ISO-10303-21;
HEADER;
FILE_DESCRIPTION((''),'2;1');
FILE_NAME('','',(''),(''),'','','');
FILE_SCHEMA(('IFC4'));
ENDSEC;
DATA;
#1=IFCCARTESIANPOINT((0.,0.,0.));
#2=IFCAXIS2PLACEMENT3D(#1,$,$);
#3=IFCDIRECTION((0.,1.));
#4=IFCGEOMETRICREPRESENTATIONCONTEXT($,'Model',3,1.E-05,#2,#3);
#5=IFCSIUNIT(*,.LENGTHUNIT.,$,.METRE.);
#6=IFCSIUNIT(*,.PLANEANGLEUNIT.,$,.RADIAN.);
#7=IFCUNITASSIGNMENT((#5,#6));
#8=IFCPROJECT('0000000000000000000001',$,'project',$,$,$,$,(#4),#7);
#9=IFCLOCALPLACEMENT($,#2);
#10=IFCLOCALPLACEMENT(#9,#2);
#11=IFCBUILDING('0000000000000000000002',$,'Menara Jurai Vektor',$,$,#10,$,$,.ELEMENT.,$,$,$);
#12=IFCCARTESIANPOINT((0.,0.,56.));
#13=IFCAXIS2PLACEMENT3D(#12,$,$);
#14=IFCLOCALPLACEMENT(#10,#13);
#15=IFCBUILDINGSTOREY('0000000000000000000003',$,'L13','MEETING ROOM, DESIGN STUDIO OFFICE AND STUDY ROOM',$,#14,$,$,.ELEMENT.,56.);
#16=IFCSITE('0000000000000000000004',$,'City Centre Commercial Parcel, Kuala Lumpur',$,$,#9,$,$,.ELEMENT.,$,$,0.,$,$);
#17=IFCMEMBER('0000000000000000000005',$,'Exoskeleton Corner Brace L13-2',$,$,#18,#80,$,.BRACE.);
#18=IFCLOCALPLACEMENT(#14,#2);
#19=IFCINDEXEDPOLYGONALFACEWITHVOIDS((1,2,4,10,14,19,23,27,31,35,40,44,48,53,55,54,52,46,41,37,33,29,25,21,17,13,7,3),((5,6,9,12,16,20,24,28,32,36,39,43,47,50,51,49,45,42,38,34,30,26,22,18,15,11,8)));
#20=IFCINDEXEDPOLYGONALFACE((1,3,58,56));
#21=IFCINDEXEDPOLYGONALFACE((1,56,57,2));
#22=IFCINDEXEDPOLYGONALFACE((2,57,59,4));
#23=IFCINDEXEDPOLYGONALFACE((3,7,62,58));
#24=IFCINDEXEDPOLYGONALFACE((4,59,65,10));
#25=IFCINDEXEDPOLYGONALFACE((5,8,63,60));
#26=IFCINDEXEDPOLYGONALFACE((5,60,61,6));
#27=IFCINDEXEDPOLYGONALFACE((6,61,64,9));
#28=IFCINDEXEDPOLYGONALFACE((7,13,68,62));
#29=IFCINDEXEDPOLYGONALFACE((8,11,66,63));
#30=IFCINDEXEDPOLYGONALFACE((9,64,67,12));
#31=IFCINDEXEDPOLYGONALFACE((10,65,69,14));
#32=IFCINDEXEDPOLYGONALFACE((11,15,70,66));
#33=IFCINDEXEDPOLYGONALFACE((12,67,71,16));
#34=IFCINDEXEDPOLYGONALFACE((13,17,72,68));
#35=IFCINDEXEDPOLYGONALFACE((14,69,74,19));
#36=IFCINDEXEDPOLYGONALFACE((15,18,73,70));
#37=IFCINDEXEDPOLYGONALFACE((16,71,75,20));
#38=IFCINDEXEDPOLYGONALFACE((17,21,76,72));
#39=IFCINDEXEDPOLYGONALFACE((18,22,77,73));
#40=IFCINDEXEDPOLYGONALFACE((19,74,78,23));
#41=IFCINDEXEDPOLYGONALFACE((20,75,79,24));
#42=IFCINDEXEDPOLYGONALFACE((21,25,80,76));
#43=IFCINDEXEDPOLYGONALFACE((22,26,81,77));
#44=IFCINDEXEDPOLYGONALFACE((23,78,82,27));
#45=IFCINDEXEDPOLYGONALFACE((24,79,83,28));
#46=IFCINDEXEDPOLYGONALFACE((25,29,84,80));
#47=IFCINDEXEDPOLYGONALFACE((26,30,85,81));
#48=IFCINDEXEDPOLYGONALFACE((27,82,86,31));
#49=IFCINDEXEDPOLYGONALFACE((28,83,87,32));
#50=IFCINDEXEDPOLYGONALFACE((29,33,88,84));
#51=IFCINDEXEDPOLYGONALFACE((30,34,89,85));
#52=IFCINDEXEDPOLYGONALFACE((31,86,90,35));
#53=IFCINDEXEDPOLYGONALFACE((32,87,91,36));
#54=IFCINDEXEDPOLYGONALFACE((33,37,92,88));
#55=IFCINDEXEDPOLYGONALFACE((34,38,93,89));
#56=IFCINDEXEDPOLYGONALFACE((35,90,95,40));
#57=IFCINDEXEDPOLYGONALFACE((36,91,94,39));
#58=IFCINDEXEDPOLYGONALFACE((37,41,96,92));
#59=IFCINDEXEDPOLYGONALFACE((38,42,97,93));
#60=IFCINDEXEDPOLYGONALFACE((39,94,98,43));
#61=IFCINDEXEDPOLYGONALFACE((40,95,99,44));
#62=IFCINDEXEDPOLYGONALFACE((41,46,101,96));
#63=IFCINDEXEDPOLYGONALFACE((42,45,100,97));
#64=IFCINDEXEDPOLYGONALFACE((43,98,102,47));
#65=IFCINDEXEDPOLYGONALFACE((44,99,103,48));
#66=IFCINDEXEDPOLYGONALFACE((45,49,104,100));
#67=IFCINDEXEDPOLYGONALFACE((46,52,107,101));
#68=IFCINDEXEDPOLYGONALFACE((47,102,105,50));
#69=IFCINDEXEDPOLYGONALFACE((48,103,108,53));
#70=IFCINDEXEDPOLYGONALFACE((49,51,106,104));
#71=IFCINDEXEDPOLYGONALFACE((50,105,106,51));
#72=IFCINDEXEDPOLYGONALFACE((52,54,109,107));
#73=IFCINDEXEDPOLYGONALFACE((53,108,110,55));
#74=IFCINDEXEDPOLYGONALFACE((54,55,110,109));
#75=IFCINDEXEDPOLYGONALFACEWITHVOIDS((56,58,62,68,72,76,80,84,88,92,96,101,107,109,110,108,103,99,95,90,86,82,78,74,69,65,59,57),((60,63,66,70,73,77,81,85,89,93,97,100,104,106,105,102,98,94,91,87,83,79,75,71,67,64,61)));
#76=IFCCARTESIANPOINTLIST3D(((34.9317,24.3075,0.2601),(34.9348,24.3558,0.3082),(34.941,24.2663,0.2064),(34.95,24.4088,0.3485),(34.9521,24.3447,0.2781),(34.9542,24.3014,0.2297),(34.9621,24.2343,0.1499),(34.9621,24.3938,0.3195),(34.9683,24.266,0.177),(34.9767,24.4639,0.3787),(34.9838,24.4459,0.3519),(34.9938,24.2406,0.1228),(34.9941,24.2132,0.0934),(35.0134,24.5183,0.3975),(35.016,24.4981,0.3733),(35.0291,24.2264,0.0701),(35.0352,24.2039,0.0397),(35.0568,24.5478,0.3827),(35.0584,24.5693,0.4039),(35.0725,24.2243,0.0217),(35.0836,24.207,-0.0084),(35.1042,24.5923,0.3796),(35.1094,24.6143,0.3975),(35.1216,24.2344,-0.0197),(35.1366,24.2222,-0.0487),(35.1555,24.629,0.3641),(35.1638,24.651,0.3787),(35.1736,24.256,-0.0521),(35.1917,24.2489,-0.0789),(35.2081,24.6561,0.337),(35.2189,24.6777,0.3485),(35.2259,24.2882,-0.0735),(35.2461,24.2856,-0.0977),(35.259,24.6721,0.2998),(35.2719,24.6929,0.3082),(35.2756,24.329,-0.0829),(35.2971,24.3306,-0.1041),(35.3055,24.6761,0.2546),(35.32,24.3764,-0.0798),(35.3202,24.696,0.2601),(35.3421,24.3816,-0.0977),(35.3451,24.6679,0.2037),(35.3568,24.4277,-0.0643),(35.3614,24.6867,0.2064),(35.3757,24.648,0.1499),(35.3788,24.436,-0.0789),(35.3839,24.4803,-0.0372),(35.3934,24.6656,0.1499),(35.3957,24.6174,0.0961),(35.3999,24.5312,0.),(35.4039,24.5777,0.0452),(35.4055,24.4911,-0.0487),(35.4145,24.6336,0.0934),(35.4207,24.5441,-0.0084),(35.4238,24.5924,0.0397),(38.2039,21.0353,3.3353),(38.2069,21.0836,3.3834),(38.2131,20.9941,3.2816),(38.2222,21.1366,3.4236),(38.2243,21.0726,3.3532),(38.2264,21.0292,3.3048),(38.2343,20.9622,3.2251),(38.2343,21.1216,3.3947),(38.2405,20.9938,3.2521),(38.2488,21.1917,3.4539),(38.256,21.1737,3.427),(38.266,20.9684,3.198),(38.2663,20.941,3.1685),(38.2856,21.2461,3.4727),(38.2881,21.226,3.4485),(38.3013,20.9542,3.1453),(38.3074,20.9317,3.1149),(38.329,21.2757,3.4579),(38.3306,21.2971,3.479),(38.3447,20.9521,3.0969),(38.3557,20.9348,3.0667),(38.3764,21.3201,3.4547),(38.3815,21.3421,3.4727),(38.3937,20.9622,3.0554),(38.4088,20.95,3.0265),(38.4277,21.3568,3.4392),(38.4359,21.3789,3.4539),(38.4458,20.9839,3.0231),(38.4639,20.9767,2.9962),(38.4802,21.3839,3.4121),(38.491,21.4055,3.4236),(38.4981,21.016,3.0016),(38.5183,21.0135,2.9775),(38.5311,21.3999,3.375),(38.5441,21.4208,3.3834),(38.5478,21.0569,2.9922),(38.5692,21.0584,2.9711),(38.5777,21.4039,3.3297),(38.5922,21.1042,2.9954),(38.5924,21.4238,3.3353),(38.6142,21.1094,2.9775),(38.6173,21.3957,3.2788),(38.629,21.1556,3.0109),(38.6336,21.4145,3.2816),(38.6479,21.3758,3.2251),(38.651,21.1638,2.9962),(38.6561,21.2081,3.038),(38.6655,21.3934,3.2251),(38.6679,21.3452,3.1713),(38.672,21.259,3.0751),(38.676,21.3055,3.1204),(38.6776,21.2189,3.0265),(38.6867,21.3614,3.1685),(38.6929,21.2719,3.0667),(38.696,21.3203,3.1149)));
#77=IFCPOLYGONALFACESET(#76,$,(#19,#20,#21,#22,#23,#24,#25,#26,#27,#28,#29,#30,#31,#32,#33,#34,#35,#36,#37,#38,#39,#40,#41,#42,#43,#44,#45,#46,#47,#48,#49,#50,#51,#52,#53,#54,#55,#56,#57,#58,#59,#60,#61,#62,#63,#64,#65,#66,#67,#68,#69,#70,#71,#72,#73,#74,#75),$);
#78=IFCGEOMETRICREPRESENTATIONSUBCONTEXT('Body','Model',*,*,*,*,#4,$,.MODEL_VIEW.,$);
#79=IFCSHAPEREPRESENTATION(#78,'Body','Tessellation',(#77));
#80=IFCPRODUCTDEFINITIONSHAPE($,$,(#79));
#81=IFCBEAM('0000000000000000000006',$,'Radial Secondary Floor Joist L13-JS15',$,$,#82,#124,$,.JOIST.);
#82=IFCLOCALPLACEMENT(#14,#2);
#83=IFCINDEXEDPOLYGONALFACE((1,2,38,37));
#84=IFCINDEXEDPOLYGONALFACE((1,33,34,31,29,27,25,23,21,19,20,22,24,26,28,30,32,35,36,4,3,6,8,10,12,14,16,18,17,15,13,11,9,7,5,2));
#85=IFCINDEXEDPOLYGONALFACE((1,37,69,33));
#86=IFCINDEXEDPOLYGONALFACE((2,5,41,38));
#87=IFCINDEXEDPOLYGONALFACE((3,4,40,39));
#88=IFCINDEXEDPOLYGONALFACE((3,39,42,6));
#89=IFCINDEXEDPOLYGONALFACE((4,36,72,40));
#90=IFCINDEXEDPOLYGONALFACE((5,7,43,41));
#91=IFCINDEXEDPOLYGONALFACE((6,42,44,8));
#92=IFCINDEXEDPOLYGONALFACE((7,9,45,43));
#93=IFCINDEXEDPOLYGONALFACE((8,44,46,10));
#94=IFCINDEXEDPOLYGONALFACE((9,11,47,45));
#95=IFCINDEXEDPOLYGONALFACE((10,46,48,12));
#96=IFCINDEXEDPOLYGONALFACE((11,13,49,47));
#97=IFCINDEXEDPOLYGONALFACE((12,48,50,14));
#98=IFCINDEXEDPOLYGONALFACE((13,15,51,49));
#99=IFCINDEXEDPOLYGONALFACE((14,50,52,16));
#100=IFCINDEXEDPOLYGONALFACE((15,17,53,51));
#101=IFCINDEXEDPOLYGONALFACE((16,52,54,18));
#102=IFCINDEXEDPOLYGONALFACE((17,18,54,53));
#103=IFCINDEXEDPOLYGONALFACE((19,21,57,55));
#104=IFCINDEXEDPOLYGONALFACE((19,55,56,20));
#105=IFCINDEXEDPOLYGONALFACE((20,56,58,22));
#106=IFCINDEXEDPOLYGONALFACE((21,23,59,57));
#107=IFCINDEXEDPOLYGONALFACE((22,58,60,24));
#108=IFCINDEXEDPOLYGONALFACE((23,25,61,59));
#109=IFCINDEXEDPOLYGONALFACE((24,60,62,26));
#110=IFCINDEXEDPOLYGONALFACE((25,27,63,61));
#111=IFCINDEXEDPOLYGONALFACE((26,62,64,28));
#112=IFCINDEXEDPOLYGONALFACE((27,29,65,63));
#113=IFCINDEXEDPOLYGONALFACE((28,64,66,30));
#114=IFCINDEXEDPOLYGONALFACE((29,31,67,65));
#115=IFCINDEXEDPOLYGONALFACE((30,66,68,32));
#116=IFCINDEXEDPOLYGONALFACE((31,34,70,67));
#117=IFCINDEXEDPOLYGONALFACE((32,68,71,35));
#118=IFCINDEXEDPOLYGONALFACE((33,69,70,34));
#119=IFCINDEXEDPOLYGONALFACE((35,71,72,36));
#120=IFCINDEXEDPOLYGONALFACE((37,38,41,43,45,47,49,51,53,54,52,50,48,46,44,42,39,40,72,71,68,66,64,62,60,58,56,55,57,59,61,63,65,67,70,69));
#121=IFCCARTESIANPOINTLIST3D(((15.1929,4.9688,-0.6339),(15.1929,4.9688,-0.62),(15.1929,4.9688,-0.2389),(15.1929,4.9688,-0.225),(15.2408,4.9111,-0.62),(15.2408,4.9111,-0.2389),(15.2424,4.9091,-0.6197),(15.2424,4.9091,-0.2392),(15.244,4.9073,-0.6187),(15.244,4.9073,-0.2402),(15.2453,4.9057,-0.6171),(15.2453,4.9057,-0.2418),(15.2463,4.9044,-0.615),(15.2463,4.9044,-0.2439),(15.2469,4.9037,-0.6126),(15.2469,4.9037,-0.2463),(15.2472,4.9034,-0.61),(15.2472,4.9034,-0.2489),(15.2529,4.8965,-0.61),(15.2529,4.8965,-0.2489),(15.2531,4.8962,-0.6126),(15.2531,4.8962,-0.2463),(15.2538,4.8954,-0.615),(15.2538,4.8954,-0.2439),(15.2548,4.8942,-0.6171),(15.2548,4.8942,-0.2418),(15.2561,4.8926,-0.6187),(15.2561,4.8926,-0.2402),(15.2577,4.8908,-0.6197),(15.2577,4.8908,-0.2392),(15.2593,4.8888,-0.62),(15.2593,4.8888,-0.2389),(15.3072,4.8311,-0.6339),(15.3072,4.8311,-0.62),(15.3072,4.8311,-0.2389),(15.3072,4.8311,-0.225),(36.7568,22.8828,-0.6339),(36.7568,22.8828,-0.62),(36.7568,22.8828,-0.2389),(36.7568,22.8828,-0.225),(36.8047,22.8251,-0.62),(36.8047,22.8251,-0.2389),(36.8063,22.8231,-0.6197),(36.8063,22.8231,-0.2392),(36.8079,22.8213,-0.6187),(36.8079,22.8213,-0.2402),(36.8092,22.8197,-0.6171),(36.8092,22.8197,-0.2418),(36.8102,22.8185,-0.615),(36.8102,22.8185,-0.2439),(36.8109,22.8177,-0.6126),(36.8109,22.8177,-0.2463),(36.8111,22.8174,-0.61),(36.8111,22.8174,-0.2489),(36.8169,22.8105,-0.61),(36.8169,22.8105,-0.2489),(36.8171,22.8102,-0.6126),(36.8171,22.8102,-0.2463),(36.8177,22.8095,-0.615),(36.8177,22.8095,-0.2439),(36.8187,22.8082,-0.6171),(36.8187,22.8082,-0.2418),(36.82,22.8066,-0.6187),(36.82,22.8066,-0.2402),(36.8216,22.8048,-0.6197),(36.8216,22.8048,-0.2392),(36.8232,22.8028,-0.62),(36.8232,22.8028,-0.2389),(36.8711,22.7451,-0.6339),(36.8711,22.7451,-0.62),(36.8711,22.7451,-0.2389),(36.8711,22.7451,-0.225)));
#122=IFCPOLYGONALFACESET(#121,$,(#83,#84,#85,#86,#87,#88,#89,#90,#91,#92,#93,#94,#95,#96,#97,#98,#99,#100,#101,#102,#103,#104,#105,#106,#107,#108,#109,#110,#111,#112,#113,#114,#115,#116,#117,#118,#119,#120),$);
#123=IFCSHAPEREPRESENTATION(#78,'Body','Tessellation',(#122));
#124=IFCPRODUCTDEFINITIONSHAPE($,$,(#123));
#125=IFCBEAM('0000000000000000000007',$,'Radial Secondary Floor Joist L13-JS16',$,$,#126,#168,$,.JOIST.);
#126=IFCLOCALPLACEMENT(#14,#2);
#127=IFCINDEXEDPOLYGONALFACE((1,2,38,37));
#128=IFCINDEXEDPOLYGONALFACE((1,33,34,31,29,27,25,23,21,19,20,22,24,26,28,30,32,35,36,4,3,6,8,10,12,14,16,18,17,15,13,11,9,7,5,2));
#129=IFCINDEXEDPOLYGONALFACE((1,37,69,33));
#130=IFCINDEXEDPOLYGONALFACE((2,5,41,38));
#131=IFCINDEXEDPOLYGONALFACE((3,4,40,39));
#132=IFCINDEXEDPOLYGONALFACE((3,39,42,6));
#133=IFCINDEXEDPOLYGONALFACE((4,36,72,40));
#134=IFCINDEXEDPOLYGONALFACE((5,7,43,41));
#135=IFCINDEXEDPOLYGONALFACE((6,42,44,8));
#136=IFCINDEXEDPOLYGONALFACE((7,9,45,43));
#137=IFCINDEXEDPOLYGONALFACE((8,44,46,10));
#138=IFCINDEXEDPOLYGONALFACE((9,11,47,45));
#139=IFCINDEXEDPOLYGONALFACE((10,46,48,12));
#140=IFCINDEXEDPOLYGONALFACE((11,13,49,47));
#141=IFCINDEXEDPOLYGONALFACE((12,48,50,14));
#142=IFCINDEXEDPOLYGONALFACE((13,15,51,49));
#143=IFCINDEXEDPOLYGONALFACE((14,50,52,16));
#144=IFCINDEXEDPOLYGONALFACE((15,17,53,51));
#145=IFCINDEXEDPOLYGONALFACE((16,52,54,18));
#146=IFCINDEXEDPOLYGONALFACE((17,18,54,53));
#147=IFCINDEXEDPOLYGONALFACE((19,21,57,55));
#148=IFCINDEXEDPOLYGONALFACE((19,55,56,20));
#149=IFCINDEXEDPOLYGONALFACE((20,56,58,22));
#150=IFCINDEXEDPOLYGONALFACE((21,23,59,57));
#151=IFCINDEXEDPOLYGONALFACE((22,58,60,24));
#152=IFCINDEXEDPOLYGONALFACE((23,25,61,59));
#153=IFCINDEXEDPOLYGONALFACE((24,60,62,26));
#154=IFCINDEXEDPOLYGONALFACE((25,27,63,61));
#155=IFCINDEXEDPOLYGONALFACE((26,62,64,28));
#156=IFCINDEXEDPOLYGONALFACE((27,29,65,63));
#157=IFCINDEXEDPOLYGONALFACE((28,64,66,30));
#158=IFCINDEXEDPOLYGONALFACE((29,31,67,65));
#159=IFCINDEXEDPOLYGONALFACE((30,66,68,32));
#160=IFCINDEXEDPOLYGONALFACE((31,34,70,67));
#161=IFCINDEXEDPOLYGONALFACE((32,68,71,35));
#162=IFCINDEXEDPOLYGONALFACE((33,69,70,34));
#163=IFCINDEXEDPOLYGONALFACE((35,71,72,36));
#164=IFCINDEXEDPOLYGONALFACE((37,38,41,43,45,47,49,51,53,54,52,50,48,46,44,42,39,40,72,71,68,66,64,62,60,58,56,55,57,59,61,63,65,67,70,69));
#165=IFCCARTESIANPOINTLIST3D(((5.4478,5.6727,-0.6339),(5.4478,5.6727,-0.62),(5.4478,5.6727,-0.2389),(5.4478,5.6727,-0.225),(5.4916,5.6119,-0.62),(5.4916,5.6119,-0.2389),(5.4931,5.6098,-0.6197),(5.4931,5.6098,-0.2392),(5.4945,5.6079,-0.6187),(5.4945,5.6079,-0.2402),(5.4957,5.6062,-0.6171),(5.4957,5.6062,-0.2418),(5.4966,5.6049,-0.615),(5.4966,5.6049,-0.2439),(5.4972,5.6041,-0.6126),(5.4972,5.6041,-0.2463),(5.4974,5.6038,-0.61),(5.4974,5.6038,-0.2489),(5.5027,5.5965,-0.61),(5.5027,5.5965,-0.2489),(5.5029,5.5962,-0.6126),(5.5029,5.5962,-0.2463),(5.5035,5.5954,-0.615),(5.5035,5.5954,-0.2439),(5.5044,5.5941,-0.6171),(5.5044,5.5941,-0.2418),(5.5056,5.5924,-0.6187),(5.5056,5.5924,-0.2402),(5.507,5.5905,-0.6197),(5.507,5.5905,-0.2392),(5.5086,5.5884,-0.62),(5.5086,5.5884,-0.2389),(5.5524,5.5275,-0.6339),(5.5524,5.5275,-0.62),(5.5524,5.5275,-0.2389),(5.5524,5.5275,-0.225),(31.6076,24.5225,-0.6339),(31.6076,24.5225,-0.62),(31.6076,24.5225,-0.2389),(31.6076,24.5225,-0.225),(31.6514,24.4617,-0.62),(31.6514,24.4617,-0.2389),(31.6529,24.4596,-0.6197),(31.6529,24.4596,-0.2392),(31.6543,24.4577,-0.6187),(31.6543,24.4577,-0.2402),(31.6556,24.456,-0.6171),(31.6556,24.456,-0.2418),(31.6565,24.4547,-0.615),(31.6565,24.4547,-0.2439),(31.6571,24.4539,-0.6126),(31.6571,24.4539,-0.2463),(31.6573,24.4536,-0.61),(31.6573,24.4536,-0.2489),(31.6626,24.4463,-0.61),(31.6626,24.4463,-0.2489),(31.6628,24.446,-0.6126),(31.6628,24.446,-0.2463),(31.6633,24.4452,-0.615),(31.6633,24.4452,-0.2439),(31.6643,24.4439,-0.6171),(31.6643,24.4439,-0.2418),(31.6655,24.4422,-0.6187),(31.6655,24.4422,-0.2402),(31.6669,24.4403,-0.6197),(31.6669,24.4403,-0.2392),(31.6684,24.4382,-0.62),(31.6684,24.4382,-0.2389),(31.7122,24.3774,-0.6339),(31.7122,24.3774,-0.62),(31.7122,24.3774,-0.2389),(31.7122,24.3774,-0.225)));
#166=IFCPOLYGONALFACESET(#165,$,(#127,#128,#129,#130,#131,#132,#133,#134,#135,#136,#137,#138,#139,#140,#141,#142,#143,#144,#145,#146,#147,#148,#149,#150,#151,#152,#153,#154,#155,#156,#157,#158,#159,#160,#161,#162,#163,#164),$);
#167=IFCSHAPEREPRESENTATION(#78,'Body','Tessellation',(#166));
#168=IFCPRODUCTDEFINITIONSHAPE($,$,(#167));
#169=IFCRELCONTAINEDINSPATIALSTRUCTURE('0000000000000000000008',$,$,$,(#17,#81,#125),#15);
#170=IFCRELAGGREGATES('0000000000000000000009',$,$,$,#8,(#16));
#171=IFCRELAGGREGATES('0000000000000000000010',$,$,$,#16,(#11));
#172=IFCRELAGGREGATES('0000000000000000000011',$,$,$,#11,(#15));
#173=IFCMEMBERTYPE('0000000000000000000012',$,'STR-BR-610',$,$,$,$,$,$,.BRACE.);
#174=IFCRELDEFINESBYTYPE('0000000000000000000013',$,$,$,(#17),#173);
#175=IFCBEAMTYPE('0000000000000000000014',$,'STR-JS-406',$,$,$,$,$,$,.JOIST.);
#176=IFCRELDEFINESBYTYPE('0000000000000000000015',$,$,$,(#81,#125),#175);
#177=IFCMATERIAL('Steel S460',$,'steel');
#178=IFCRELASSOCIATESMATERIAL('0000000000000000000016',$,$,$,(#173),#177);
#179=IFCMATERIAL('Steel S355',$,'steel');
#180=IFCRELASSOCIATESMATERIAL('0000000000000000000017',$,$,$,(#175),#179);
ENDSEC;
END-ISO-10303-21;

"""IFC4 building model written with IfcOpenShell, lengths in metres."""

from ifc_helpers import new_model, si_unit, direction, frame, origin, origin_2d, place, context, subcontext, project, spatial, hollow_circle, i_section, extrude, material, material_profile, profile_set, type_object, element, save


model = new_model("IFC4")

# Units and contexts
model_context = context("Model", 3, precision=1e-05, world=origin(), true_north=direction((0.0, 1.0)))
body_context = subcontext(model_context, "Body", "Model", "MODEL_VIEW")
ifc_project = project(units=[si_unit("LENGTHUNIT", "METRE"), si_unit("PLANEANGLEUNIT", "RADIAN")], contexts=[model_context])

# Site, building, storey
site_placement = place(None, origin())
site = spatial("IfcSite", under=ifc_project, at=site_placement, Name="City Centre Commercial Parcel, Kuala Lumpur", CompositionType="ELEMENT", RefElevation=0.0)
building_placement = place(site_placement, origin())
building = spatial("IfcBuilding", under=site, at=building_placement, Name="Menara Jurai Vektor", CompositionType="ELEMENT")
storey_placement = place(building_placement, frame((0.0, 0.0, 56.0)))
storey = spatial("IfcBuildingStorey", under=building, at=storey_placement, Name="L13", Description="MEETING ROOM, DESIGN STUDIO OFFICE AND STUDY ROOM", CompositionType="ELEMENT", Elevation=56.0)

# Shared definitions
ifc_material_1 = material(Name="Steel S460", Category="steel")

# Shared definitions
ifc_material_2 = material(Name="Steel S355", Category="steel")

# Member
ifc_material_profile_1 = material_profile(ifc_material_1, hollow_circle(Radius=0.3049, WallThickness=0.0249, at=origin_2d()), Name="CHS 610x25")
ifc_profile_set_1 = profile_set([ifc_material_profile_1], Name="Steel S460")
member_type_1 = type_object("IfcMemberType", Name="STR-BR-610", PredefinedType="BRACE", material=ifc_profile_set_1)
member_1_placement = place(storey_placement, frame((35.1777, 24.45, 0.1499), z_axis=(0.588928, -0.588928, 0.553469), x_axis=(0.707107, 0.707107, 0.0)))
element("IfcMember", 1, at=member_1_placement, inside=storey, type_object=member_type_1, Name="Exoskeleton Corner Brace L13-2", PredefinedType="BRACE", context=body_context, shape_type="SweptSolid", body=[
    extrude(hollow_circle(Radius=0.3049, WallThickness=0.0249, at=origin_2d()), origin(), (0.0, 0.0, 1.0), 5.5562),
])

# Beams
ifc_material_profile_2 = material_profile(ifc_material_2, i_section(OverallWidth=0.179, OverallDepth=0.4089, WebThickness=0.009, FlangeThickness=0.0139, FilletRadius=0.01, at=origin_2d()), Name="UKB 406x178x67")
ifc_profile_set_2 = profile_set([ifc_material_profile_2], Name="Steel S355")
beam_type_1 = type_object("IfcBeamType", Name="STR-JS-406", PredefinedType="JOIST", material=ifc_profile_set_2)
beam_1_placement = place(storey_placement, frame((36.814, 22.814, -0.4294), z_axis=(-0.769201, -0.639007, 0.0), x_axis=(0.639007, -0.769201, 0.0)))
element("IfcBeam", 2, at=beam_1_placement, inside=storey, type_object=beam_type_1, Name="Radial Secondary Floor Joist L13-JS15", PredefinedType="JOIST", context=body_context, shape_type="SweptSolid", body=[
    extrude(i_section(OverallWidth=0.179, OverallDepth=0.4089, WebThickness=0.009, FlangeThickness=0.0139, FilletRadius=0.01, at=origin_2d()), origin(), (0.0, 0.0, 1.0), 28.0342),
])
beam_2_placement = place(storey_placement, frame((31.6599, 24.45, -0.4294), z_axis=(-0.811318, -0.584605, 0.0), x_axis=(0.584605, -0.811318, 0.0)))
element("IfcBeam", 3, at=beam_2_placement, inside=storey, type_object=beam_type_1, Name="Radial Secondary Floor Joist L13-JS16", PredefinedType="JOIST", context=body_context, shape_type="SweptSolid", body=[
    extrude(i_section(OverallWidth=0.179, OverallDepth=0.4089, WebThickness=0.009, FlangeThickness=0.0139, FilletRadius=0.01, at=origin_2d()), origin(), (0.0, 0.0, 1.0), 32.2437),
])

save(model, "model.ifc")
